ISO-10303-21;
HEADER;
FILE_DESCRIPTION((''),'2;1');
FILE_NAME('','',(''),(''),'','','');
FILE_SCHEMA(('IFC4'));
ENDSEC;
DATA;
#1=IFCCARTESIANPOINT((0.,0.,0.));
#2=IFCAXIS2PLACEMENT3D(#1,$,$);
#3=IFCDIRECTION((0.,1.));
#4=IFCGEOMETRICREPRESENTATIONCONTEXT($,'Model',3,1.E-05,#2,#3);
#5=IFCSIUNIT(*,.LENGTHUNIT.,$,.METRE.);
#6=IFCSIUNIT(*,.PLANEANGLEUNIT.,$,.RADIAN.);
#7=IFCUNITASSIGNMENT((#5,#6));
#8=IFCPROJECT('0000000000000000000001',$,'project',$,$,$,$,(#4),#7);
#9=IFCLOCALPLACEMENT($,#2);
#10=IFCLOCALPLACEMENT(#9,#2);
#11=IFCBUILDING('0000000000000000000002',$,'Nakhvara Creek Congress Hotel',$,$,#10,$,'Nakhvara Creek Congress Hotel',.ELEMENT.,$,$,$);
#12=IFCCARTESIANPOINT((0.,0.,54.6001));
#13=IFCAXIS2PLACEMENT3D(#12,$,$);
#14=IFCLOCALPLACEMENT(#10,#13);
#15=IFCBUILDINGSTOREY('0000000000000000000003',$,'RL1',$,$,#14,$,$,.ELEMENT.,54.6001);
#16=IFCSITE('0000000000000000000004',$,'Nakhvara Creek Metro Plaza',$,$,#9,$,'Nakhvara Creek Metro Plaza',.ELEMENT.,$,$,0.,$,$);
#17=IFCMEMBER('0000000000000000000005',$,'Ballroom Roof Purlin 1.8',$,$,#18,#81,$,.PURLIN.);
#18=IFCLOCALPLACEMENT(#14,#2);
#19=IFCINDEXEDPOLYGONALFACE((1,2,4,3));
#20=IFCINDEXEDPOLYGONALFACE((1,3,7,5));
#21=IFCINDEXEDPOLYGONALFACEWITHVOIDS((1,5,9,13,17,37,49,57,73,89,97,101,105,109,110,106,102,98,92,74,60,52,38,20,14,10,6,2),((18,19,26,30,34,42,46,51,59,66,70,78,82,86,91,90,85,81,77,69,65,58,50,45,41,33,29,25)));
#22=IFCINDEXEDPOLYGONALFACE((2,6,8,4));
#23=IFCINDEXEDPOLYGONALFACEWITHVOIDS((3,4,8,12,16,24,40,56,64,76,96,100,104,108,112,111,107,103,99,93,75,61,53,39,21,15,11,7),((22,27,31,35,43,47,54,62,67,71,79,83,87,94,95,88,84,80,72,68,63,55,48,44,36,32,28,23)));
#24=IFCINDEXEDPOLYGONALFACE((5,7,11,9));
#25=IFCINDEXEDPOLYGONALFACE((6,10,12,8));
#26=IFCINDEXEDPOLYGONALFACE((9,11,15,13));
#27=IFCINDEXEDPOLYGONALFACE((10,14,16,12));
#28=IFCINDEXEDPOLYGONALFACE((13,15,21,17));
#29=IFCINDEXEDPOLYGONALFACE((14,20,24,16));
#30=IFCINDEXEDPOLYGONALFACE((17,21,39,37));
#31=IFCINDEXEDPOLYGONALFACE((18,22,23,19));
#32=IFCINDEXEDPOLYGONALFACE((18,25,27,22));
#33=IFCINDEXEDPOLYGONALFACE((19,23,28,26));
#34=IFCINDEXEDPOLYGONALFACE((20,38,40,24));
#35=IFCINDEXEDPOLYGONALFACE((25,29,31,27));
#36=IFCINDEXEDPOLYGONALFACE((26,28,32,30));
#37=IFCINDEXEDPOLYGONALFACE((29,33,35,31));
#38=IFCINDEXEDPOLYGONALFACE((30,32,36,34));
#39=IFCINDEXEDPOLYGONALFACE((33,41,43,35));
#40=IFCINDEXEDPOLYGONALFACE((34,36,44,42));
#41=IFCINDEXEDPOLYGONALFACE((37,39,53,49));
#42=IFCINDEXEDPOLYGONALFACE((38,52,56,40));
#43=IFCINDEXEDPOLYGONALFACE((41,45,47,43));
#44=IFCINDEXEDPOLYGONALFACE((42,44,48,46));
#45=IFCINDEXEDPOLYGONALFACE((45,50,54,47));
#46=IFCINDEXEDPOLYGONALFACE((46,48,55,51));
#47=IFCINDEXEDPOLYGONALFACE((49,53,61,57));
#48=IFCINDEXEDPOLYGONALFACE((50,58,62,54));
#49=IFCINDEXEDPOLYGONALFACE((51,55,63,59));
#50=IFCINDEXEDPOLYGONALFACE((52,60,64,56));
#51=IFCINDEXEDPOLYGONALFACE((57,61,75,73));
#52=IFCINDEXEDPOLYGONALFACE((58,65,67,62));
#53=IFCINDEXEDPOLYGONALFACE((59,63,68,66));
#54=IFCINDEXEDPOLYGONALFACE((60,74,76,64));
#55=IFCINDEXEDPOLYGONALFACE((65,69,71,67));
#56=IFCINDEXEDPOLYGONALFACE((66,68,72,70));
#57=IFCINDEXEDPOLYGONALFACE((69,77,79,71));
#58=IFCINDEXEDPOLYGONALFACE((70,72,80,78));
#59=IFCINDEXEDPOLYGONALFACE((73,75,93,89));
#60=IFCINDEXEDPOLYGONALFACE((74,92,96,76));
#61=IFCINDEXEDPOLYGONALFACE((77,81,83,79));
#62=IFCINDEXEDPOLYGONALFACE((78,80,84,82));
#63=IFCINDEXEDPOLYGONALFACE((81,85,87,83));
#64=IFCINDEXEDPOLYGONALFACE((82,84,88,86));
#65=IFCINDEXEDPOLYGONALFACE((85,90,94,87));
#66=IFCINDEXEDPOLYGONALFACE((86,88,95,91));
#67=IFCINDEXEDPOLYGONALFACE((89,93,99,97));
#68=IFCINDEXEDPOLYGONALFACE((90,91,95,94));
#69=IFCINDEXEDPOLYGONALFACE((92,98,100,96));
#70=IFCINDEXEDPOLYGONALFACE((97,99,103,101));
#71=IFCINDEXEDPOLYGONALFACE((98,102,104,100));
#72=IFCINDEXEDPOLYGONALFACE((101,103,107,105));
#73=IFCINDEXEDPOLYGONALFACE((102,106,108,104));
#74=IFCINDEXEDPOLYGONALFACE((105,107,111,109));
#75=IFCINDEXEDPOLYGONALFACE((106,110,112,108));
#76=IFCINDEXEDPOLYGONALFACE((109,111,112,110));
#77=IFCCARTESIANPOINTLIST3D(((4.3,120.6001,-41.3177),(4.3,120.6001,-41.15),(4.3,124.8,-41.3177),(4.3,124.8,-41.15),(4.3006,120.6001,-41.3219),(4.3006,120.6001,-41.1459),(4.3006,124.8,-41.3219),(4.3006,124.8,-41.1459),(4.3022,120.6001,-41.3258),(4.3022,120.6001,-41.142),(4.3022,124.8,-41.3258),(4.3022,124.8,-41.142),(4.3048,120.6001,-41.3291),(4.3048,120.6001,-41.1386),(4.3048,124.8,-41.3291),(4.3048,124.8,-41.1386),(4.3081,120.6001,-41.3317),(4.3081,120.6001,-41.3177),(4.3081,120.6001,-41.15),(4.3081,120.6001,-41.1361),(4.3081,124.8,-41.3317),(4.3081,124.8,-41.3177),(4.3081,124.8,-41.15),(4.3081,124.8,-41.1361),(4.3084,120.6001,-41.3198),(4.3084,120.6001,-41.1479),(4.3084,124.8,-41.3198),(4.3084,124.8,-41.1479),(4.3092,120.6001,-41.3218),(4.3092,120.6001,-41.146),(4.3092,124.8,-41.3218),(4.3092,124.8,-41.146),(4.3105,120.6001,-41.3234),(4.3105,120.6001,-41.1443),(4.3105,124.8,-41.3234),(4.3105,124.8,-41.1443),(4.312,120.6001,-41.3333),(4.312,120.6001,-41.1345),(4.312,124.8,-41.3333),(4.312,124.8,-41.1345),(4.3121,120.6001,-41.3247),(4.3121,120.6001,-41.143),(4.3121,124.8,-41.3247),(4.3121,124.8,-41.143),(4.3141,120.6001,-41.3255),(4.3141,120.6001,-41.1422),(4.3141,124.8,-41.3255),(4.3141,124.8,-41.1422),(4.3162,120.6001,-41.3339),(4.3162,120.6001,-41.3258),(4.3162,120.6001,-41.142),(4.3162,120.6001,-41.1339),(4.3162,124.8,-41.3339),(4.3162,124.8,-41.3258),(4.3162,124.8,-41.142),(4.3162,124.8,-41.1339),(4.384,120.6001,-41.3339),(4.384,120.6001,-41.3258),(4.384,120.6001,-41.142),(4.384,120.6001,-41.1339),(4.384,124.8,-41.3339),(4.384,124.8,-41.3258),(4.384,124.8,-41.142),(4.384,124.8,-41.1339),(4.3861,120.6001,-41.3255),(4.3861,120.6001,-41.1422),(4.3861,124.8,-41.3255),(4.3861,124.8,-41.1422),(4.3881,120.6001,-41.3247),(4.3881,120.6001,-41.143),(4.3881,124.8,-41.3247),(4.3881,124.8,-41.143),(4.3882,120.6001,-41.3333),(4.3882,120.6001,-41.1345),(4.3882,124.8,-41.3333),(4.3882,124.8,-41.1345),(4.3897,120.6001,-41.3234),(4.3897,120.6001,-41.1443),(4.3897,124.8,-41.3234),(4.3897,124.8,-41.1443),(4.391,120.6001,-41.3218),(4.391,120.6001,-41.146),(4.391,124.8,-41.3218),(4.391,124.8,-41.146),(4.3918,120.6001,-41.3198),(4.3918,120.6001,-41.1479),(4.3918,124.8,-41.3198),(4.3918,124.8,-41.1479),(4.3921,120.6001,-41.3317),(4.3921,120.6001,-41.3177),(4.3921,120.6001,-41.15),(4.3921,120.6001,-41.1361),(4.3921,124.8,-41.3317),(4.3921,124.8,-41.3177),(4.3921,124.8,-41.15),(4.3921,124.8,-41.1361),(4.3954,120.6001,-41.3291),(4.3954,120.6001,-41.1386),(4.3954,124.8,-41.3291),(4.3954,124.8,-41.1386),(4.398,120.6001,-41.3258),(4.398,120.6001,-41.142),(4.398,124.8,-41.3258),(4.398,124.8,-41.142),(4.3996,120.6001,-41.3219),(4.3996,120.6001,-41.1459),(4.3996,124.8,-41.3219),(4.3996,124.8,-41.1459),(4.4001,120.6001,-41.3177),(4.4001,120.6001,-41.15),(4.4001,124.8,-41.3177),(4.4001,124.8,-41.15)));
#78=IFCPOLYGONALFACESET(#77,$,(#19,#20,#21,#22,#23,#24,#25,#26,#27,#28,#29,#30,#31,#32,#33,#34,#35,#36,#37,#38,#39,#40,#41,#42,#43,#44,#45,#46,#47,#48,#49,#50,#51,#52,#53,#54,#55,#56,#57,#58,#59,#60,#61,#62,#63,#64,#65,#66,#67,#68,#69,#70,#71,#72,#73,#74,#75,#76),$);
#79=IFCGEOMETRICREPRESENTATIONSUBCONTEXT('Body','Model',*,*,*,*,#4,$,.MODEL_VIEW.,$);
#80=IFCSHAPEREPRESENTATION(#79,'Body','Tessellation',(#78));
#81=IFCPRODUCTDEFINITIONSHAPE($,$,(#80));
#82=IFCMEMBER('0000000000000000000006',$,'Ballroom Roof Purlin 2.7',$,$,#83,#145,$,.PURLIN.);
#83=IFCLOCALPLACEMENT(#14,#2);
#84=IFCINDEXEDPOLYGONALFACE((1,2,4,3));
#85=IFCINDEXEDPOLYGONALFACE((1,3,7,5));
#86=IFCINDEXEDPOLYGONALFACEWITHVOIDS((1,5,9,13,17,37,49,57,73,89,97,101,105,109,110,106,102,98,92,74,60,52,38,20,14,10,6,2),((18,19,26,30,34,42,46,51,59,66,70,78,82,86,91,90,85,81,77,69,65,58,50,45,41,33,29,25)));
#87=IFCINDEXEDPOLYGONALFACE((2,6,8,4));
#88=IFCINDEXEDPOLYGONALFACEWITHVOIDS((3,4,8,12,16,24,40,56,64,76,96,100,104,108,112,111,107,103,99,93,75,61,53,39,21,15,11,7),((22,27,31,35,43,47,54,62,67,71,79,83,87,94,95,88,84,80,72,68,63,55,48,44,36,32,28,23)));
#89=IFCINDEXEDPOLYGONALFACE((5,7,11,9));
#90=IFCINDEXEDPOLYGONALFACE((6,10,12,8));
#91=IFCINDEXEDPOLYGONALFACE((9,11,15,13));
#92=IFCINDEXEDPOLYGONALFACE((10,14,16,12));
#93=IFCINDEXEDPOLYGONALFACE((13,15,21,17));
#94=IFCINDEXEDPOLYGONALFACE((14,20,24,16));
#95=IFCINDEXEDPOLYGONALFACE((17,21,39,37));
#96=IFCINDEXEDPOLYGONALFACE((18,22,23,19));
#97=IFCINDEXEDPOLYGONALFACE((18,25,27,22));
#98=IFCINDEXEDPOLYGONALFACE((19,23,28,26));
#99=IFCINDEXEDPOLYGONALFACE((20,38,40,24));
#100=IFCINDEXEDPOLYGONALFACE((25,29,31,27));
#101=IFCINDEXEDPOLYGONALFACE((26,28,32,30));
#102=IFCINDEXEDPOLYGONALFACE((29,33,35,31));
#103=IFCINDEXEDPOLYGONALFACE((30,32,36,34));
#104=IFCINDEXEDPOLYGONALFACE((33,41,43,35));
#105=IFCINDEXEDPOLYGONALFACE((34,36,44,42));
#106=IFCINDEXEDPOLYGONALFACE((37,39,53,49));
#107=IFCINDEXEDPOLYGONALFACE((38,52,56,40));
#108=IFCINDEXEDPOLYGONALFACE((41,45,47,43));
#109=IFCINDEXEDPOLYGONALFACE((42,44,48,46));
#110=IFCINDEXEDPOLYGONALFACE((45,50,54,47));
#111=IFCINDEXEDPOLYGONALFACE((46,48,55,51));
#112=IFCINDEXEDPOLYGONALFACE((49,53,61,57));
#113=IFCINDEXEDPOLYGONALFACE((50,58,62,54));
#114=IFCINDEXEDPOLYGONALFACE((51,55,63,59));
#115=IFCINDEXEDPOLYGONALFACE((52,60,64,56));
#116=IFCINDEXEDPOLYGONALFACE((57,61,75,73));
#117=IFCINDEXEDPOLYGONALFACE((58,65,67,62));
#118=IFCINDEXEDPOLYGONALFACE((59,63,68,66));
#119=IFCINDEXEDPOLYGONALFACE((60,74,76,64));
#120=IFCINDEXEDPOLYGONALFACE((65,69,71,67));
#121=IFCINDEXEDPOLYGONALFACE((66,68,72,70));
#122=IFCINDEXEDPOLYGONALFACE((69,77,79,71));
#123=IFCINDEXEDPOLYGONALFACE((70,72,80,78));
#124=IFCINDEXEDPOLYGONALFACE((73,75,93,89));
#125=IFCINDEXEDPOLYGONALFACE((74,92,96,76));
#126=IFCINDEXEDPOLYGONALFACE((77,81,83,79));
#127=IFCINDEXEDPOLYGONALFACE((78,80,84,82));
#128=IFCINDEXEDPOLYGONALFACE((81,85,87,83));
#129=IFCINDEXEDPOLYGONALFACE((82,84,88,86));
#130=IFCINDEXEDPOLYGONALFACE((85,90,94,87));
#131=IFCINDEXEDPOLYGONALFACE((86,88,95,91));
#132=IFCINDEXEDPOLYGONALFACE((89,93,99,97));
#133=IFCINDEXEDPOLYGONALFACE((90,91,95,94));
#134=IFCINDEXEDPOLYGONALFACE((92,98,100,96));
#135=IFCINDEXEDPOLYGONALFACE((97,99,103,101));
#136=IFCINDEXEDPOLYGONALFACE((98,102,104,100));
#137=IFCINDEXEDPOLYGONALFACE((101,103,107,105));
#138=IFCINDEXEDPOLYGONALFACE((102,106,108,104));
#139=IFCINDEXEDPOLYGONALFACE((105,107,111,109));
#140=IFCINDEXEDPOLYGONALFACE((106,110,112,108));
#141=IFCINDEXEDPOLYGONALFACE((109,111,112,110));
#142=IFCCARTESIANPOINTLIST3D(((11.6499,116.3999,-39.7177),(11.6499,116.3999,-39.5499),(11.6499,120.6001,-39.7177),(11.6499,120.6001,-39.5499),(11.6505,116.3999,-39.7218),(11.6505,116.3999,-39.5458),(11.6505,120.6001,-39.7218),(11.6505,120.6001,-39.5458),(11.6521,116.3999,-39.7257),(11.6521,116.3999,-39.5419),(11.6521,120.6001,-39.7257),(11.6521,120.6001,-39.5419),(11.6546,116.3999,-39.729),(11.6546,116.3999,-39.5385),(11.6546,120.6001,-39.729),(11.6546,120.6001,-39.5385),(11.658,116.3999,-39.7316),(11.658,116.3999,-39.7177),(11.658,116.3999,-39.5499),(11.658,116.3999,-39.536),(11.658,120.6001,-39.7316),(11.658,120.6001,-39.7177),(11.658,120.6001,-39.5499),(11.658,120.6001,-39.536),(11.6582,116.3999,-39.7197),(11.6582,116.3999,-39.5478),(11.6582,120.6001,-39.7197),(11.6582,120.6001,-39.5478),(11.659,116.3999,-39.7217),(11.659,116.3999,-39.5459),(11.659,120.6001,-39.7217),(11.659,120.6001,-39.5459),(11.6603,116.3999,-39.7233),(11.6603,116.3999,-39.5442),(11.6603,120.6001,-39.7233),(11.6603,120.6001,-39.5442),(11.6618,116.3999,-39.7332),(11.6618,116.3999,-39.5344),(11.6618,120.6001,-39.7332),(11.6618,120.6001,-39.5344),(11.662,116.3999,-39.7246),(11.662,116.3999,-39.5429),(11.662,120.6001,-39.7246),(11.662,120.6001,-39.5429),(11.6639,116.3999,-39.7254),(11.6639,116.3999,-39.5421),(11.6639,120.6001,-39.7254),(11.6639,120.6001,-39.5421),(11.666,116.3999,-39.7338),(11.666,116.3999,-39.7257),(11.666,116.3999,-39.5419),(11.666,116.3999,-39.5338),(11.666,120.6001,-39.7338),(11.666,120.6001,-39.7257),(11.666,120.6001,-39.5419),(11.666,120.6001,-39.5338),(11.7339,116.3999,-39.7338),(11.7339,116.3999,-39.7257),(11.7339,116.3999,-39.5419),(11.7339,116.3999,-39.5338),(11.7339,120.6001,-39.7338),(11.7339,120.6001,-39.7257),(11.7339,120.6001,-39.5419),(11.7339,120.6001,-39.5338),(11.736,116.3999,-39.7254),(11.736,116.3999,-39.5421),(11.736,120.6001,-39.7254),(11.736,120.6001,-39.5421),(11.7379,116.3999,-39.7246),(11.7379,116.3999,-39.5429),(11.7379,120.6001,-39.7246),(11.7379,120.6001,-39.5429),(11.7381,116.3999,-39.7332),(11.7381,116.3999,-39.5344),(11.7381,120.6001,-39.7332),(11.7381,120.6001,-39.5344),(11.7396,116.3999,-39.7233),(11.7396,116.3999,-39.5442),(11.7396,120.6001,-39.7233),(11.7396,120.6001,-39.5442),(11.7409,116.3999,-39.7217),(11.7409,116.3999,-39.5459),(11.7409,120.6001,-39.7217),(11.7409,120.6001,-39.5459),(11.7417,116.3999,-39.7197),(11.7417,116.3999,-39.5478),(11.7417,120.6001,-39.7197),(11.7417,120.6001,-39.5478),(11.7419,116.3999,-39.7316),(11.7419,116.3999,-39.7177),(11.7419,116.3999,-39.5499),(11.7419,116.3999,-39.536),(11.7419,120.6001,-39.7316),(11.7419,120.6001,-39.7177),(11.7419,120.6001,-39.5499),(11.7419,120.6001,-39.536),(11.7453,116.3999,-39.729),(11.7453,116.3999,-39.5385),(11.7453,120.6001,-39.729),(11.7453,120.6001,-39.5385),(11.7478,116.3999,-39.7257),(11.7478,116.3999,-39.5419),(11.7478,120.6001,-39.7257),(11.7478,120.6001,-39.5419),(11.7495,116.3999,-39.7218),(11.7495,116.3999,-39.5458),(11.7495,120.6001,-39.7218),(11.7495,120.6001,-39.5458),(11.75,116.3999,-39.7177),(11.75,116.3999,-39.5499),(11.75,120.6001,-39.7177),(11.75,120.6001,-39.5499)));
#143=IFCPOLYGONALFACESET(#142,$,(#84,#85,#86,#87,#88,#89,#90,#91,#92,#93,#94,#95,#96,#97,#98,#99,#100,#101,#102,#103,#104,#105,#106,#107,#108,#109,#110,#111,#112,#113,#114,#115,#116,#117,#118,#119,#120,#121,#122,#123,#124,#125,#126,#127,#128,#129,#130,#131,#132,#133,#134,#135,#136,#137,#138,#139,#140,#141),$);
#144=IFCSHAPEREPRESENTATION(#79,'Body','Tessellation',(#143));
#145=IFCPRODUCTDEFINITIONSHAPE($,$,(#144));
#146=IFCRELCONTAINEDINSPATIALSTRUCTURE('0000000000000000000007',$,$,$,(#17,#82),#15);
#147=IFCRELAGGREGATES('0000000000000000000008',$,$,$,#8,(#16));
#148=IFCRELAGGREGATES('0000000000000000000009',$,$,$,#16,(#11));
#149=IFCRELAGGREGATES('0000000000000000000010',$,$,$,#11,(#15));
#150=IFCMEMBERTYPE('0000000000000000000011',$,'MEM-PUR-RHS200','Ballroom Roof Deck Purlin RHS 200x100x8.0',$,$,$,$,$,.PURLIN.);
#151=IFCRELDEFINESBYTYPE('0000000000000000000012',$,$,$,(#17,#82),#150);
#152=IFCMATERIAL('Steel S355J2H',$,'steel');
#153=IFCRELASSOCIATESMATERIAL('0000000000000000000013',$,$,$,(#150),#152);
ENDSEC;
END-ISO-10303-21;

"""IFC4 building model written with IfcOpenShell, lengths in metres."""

from ifc_helpers import new_model, si_unit, direction, frame, origin, origin_2d, place, context, subcontext, project, spatial, hollow_rectangle, extrude, material, material_profile, profile_set, type_object, element, save


model = new_model("IFC4")

# Units and contexts
model_context = context("Model", 3, precision=1e-05, world=origin(), true_north=direction((0.0, 1.0)))
body_context = subcontext(model_context, "Body", "Model", "MODEL_VIEW")
ifc_project = project(units=[si_unit("LENGTHUNIT", "METRE"), si_unit("PLANEANGLEUNIT", "RADIAN")], contexts=[model_context])

# Site, building, storey
site_placement = place(None, origin())
site = spatial("IfcSite", under=ifc_project, at=site_placement, Name="Nakhvara Creek Metro Plaza", LongName="Nakhvara Creek Metro Plaza", CompositionType="ELEMENT", RefElevation=0.0)
building_placement = place(site_placement, origin())
building = spatial("IfcBuilding", under=site, at=building_placement, Name="Nakhvara Creek Congress Hotel", LongName="Nakhvara Creek Congress Hotel", CompositionType="ELEMENT")
storey_placement = place(building_placement, frame((0.0, 0.0, 54.6001)))
storey = spatial("IfcBuildingStorey", under=building, at=storey_placement, Name="RL1", CompositionType="ELEMENT", Elevation=54.6001)

# Members
ifc_material_1 = material(Name="Steel S355J2H", Category="steel")
ifc_material_profile_1 = material_profile(ifc_material_1, hollow_rectangle(XDim=0.1001, YDim=0.2, WallThickness=0.0081, InnerFilletRadius=0.0081, OuterFilletRadius=0.0161, at=origin_2d()), Name="RHS 200x100x8.0", Category="LoadBearing")
ifc_profile_set_1 = profile_set([ifc_material_profile_1], Name="Steel S355J2H")
member_type_1 = type_object("IfcMemberType", Name="MEM-PUR-RHS200", Description="Ballroom Roof Deck Purlin RHS 200x100x8.0", PredefinedType="PURLIN", material=ifc_profile_set_1)
member_1_placement = place(storey_placement, frame((4.3501, 120.6001, -41.2339), z_axis=(0.0, 1.0, 0.0), x_axis=(-1.0, 0.0, 0.0)))
element("IfcMember", 1, at=member_1_placement, inside=storey, type_object=member_type_1, Name="Ballroom Roof Purlin 1.8", PredefinedType="PURLIN", context=body_context, shape_type="SweptSolid", body=[
    extrude(hollow_rectangle(XDim=0.1001, YDim=0.2, WallThickness=0.0081, InnerFilletRadius=0.0081, OuterFilletRadius=0.0161, at=origin_2d()), origin(), (0.0, 0.0, 1.0), 4.2),
])
member_2_placement = place(storey_placement, frame((11.7, 116.3999, -39.6338), z_axis=(0.0, 1.0, 0.0), x_axis=(-1.0, 0.0, 0.0)))
element("IfcMember", 2, at=member_2_placement, inside=storey, type_object=member_type_1, Name="Ballroom Roof Purlin 2.7", PredefinedType="PURLIN", context=body_context, shape_type="SweptSolid", body=[
    extrude(hollow_rectangle(XDim=0.1001, YDim=0.2, WallThickness=0.0081, InnerFilletRadius=0.0081, OuterFilletRadius=0.0161, at=origin_2d()), origin(), (0.0, 0.0, 1.0), 4.2002),
])

save(model, "model.ifc")
